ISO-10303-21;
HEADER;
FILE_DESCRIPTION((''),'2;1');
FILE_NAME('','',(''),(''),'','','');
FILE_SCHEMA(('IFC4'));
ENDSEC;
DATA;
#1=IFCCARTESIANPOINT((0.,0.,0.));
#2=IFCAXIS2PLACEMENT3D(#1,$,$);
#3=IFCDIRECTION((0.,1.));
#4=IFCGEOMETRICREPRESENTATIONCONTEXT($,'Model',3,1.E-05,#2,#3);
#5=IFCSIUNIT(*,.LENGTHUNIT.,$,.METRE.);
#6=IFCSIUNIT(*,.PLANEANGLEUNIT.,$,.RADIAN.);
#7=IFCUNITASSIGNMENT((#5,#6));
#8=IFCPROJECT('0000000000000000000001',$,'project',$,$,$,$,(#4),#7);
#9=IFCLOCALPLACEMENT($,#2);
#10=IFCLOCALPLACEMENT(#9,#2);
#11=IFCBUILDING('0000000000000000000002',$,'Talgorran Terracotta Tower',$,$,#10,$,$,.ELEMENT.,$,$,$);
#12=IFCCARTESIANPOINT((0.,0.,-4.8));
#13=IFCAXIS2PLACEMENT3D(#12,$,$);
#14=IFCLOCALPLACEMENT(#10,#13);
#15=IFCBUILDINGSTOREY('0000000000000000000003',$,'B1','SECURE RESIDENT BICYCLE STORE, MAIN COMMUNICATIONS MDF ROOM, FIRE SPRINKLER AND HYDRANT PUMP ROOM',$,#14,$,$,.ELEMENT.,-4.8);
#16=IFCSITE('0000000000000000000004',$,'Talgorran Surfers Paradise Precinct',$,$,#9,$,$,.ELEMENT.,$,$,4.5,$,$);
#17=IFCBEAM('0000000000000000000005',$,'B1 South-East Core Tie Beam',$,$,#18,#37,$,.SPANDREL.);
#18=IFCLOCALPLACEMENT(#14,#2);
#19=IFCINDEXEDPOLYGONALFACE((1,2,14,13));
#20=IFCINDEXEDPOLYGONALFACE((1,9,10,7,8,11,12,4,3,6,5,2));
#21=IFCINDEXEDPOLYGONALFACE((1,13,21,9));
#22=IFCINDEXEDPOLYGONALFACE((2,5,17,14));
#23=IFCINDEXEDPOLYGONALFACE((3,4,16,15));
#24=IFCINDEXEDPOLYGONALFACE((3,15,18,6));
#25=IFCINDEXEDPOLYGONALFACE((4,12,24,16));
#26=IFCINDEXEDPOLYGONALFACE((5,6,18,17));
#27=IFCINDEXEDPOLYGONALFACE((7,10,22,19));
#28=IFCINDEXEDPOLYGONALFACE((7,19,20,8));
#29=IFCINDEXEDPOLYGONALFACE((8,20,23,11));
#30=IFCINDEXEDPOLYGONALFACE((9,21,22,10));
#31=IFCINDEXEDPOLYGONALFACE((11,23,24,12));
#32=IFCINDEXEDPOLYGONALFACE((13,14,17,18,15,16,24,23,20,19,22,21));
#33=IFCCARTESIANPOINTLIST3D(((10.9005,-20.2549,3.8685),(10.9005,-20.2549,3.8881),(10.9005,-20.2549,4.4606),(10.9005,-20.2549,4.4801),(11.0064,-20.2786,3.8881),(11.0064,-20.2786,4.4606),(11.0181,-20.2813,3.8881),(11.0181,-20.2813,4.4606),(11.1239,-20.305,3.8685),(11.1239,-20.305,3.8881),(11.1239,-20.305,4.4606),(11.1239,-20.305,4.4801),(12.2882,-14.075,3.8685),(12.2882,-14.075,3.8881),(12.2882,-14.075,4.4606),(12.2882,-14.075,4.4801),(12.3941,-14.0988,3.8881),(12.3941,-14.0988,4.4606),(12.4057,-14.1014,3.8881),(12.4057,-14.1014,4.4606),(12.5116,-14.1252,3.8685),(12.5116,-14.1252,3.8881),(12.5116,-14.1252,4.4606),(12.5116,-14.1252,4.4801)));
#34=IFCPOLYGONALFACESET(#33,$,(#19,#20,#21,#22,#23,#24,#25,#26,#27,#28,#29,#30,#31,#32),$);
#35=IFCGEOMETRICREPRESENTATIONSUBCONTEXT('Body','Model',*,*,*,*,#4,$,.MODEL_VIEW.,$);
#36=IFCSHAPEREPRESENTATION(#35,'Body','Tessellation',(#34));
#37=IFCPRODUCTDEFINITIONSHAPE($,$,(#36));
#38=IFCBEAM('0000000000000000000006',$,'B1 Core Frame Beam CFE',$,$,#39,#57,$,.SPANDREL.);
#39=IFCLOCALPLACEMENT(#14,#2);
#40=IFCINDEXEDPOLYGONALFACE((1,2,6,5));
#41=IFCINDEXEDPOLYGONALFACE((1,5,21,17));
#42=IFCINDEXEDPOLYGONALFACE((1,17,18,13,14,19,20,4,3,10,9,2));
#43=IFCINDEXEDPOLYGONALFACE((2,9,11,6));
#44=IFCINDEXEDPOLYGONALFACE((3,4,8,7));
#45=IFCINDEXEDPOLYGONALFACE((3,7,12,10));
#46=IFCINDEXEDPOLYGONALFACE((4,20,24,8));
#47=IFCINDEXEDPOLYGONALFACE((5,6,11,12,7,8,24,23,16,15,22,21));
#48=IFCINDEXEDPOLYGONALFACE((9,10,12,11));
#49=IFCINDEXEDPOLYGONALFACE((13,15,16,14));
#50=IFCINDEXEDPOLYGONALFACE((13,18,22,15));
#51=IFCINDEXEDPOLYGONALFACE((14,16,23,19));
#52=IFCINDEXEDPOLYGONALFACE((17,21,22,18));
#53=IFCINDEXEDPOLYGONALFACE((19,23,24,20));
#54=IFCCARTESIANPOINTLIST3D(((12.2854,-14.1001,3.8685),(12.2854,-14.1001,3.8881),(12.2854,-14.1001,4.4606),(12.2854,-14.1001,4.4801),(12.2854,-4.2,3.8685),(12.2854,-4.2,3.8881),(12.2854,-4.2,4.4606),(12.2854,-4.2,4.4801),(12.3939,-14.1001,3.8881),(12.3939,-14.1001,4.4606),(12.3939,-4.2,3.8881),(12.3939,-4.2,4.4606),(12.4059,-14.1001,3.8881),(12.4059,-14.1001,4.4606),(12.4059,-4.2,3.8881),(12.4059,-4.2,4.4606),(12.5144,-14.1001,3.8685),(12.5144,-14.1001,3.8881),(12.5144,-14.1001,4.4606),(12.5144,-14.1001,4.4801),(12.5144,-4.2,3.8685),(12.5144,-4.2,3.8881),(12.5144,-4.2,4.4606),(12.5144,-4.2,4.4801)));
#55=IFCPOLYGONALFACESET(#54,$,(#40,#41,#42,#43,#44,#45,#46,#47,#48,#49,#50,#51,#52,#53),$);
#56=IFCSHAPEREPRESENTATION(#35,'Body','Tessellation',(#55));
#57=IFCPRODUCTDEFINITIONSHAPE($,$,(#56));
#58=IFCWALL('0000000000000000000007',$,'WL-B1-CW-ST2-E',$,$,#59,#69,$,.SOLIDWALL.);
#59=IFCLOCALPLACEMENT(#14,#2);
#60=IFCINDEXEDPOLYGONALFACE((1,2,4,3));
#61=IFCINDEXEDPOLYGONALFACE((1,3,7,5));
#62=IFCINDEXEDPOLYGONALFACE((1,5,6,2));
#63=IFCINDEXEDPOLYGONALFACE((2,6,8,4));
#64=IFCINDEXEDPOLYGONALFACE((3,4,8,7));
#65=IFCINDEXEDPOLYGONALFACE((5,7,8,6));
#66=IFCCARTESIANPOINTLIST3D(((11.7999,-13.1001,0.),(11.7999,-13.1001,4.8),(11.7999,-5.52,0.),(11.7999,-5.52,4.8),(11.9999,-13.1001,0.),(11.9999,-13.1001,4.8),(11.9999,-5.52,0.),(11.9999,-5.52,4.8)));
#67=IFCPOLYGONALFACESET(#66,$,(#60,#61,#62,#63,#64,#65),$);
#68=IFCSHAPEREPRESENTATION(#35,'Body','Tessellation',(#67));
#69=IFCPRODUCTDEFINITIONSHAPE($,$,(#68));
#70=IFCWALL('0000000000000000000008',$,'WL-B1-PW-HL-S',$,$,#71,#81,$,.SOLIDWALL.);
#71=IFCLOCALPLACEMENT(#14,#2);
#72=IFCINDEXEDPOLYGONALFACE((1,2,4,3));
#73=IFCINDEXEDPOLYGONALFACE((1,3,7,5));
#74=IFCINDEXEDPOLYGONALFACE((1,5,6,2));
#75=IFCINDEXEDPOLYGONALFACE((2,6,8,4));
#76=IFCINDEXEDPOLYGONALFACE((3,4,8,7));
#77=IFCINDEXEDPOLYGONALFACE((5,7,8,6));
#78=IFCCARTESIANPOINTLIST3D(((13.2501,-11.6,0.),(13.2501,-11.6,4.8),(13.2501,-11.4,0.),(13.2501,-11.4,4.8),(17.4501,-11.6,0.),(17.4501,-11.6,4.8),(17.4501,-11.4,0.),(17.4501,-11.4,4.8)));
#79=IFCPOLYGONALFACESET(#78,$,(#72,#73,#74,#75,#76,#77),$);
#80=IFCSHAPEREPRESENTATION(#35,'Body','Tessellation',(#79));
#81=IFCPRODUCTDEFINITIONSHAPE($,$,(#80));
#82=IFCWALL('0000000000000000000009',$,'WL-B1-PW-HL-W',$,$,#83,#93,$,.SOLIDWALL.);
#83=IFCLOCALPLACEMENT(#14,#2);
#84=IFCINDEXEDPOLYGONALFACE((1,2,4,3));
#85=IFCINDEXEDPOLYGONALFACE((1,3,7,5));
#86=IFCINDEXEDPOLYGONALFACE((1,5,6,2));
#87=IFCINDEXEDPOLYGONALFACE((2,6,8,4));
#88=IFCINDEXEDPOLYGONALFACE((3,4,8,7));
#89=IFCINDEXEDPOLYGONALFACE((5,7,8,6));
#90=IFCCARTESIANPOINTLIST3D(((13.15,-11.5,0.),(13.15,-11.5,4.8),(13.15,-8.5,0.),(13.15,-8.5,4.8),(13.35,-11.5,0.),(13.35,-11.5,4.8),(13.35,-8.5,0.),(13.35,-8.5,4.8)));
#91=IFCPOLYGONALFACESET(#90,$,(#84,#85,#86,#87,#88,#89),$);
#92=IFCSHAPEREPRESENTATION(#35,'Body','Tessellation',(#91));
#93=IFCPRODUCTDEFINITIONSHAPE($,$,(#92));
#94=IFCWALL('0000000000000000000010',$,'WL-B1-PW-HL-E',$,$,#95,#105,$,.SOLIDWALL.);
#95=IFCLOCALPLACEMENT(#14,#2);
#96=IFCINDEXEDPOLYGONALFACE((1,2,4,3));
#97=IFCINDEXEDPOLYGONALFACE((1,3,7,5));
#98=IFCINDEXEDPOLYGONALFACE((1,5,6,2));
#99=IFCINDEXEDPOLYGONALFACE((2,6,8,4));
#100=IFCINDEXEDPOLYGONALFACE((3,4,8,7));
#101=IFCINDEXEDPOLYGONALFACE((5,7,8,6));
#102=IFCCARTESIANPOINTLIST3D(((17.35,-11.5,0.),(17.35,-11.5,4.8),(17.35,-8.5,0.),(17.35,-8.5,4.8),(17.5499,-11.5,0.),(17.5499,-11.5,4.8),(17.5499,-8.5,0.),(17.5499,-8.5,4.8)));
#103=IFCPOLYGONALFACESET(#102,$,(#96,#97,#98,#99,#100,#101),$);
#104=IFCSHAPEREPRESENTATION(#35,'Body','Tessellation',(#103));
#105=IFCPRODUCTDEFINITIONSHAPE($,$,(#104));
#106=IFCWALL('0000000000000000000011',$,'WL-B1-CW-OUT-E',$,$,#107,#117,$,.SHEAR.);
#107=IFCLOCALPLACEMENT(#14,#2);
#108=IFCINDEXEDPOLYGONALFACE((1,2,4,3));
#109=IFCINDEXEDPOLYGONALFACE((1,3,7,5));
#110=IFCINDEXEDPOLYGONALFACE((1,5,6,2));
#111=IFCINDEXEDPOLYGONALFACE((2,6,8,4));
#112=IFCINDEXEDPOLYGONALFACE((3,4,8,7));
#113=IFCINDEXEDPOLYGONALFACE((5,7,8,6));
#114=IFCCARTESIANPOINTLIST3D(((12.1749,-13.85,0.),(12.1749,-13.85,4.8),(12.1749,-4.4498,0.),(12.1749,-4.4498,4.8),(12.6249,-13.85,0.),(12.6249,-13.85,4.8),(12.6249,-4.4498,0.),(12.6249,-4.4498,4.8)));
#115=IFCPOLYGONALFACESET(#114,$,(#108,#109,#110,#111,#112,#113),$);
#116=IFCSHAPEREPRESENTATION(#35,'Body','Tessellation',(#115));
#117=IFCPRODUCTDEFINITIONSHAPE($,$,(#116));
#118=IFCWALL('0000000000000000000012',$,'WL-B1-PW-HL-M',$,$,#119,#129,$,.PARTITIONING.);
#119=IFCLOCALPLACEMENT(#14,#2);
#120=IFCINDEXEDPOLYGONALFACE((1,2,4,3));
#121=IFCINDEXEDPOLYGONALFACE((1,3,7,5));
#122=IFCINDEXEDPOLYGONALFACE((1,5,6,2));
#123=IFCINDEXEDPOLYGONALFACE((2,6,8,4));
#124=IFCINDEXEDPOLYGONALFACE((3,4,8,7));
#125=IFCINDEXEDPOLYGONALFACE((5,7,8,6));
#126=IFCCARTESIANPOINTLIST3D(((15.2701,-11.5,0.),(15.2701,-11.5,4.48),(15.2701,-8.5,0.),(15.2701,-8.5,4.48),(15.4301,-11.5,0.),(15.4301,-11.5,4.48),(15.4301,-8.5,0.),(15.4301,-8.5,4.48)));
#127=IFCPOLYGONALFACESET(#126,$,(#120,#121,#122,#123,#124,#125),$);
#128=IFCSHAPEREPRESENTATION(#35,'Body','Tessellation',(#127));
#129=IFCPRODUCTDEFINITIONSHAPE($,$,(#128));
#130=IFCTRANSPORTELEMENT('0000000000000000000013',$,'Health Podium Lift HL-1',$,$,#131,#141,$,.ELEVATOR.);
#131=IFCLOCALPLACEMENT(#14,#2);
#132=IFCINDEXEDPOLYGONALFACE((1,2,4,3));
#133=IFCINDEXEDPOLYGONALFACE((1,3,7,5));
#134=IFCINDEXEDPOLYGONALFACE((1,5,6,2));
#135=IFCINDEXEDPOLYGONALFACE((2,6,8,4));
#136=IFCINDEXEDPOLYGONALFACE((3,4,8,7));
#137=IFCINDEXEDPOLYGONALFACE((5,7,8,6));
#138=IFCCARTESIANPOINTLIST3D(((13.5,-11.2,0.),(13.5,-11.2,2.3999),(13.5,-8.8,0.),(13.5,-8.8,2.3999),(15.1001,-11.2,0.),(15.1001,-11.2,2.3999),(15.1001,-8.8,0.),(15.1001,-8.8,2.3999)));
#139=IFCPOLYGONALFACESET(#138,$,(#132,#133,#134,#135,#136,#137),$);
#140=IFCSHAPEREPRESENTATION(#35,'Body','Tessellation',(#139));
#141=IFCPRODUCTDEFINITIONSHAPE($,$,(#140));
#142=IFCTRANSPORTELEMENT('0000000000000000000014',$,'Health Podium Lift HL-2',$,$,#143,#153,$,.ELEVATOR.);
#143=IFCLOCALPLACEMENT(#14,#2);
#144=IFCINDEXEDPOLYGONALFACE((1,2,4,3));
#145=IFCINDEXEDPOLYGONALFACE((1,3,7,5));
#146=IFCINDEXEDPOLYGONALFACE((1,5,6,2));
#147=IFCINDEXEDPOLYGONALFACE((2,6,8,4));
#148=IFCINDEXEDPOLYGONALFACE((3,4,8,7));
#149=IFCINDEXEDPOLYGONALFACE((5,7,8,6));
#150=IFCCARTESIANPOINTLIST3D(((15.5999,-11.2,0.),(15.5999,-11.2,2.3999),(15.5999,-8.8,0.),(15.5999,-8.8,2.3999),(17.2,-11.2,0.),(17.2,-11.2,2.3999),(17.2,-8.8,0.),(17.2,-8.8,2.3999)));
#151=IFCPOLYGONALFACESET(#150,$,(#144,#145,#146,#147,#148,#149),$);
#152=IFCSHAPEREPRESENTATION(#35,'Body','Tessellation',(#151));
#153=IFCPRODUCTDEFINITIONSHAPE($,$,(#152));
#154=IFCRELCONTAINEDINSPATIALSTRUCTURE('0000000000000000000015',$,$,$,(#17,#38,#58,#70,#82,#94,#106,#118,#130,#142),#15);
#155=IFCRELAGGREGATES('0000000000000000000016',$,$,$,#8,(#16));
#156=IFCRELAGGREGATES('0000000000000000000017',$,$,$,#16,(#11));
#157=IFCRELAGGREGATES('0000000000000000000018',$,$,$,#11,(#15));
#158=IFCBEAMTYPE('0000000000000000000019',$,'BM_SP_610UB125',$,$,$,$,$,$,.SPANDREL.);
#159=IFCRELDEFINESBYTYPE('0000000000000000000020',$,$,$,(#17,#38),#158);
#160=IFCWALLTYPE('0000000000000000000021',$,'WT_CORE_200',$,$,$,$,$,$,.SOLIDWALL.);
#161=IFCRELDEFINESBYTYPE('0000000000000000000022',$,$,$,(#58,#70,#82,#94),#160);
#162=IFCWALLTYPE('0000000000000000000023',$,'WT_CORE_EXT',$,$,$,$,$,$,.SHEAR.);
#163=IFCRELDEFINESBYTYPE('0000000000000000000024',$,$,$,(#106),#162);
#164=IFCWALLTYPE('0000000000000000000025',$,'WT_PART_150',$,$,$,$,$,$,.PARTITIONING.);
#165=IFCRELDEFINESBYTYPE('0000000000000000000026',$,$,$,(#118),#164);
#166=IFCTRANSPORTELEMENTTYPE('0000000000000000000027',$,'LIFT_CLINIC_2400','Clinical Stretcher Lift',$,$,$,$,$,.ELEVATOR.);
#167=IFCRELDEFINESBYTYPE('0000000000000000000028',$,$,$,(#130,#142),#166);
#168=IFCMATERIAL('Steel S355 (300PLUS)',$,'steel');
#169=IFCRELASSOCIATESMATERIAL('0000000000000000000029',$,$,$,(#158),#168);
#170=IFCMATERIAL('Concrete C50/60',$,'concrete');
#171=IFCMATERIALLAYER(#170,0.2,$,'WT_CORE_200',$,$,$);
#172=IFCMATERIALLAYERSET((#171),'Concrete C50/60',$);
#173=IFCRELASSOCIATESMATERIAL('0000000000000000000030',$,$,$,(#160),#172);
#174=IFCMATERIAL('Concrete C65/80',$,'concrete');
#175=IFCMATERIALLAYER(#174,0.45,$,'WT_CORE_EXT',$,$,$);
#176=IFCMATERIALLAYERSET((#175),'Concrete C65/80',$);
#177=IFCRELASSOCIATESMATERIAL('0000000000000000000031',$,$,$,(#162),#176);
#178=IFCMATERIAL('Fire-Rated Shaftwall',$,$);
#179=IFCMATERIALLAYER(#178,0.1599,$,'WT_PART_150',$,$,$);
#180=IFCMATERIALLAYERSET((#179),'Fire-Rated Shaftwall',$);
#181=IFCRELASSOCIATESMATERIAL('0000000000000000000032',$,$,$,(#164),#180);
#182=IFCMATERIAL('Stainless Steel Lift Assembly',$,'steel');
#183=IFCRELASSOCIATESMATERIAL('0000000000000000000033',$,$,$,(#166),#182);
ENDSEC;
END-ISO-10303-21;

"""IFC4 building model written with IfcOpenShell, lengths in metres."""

from ifc_helpers import new_model, si_unit, direction, frame, frame_2d, origin, origin_2d, place, context, subcontext, project, spatial, rectangle, i_section, extrude, material, layer, layer_set, material_profile, profile_set, type_object, element, save


model = new_model("IFC4")

# Units and contexts
model_context = context("Model", 3, precision=1e-05, world=origin(), true_north=direction((0.0, 1.0)))
body_context = subcontext(model_context, "Body", "Model", "MODEL_VIEW")
ifc_project = project(units=[si_unit("LENGTHUNIT", "METRE"), si_unit("PLANEANGLEUNIT", "RADIAN")], contexts=[model_context])

# Site, building, storey
site_placement = place(None, origin())
site = spatial("IfcSite", under=ifc_project, at=site_placement, Name="Talgorran Surfers Paradise Precinct", CompositionType="ELEMENT", RefElevation=4.5)
building_placement = place(site_placement, origin())
building = spatial("IfcBuilding", under=site, at=building_placement, Name="Talgorran Terracotta Tower", CompositionType="ELEMENT")
storey_placement = place(building_placement, frame((0.0, 0.0, -4.8)))
storey = spatial("IfcBuildingStorey", under=building, at=storey_placement, Name="B1", Description="SECURE RESIDENT BICYCLE STORE, MAIN COMMUNICATIONS MDF ROOM, FIRE SPRINKLER AND HYDRANT PUMP ROOM", CompositionType="ELEMENT", Elevation=-4.8)

# Shared definitions
ifc_material_1 = material(Name="Concrete C50/60", Category="concrete")

# Shared definitions
ifc_material_2 = material(Name="Steel S355 (300PLUS)", Category="steel")

# Beams
ifc_material_profile_1 = material_profile(ifc_material_2, i_section(OverallWidth=0.229, OverallDepth=0.6116, WebThickness=0.012, FlangeThickness=0.0195, at=origin_2d()), Name="610UB125")
ifc_profile_set_1 = profile_set([ifc_material_profile_1], Name="Steel S355 (300PLUS)")
beam_type = type_object("IfcBeamType", Name="BM_SP_610UB125", PredefinedType="SPANDREL", material=ifc_profile_set_1)
beam_1_placement = place(storey_placement, frame((12.3999, -14.1001, 4.1743), z_axis=(-0.219093, -0.975704, 0.0), x_axis=(0.975704, -0.219093, 0.0)))
element("IfcBeam", 1, at=beam_1_placement, inside=storey, type_object=beam_type, Name="B1 South-East Core Tie Beam", PredefinedType="SPANDREL", context=body_context, shape_type="SweptSolid", body=[
    extrude(i_section(OverallWidth=0.229, OverallDepth=0.6116, WebThickness=0.012, FlangeThickness=0.0195, at=origin_2d()), origin(), (0.0, 0.0, 1.0), 6.3337),
])
beam_2_placement = place(storey_placement, frame((12.3999, -14.1001, 4.1743), z_axis=(0.0, 1.0, 0.0), x_axis=(-1.0, 0.0, 0.0)))
element("IfcBeam", 2, at=beam_2_placement, inside=storey, type_object=beam_type, Name="B1 Core Frame Beam CFE", PredefinedType="SPANDREL", context=body_context, shape_type="SweptSolid", body=[
    extrude(i_section(OverallWidth=0.229, OverallDepth=0.6116, WebThickness=0.012, FlangeThickness=0.0195, at=origin_2d()), origin(), (0.0, 0.0, 1.0), 9.9001),
])

# Walls
ifc_layer_1 = layer(ifc_material_1, 0.2, Name="WT_CORE_200")
ifc_layer_set_1 = layer_set([ifc_layer_1], Name="Concrete C50/60")
wall_type_1 = type_object("IfcWallType", Name="WT_CORE_200", PredefinedType="SOLIDWALL", material=ifc_layer_set_1)
wall_1_placement = place(storey_placement, frame((11.8999, -13.1001, 0.0), z_axis=(0.0, 0.0, 1.0), x_axis=(0.0, 1.0, 0.0)))
element("IfcWall", 3, at=wall_1_placement, inside=storey, type_object=wall_type_1, Name="WL-B1-CW-ST2-E", PredefinedType="SOLIDWALL", context=body_context, shape_type="SweptSolid", body=[
    extrude(rectangle(XDim=7.5801, YDim=0.2, at=frame_2d((3.79, 0.0))), origin(), (0.0, 0.0, 1.0), 4.8),
])
wall_2_placement = place(storey_placement, frame((13.25, -11.5, 0.0), z_axis=(0.0, 0.0, 1.0), x_axis=(1.0, 0.0, 0.0)))
element("IfcWall", 4, at=wall_2_placement, inside=storey, type_object=wall_type_1, Name="WL-B1-PW-HL-S", PredefinedType="SOLIDWALL", context=body_context, shape_type="SweptSolid", body=[
    extrude(rectangle(XDim=4.2, YDim=0.2, at=frame_2d((2.1001, 0.0))), origin(), (0.0, 0.0, 1.0), 4.8),
])
for number, where, z_axis, x_axis, name in (
    (5, (13.25, -11.5, 0.0), (0.0, 0.0, 1.0), (0.0, 1.0, 0.0), "WL-B1-PW-HL-W"),
    (6, (17.45, -11.5, 0.0), (0.0, 0.0, 1.0), (0.0, 1.0, 0.0), "WL-B1-PW-HL-E"),
):
    element("IfcWall", number, at=place(storey_placement, frame(where, z_axis=z_axis, x_axis=x_axis)), inside=storey, type_object=wall_type_1, Name=name, PredefinedType="SOLIDWALL", context=body_context, shape_type="SweptSolid", body=[
        extrude(rectangle(XDim=3.0, YDim=0.2, at=frame_2d((1.5, 0.0))), origin(), (0.0, 0.0, 1.0), 4.8),
    ])
ifc_material_3 = material(Name="Concrete C65/80", Category="concrete")
ifc_layer_2 = layer(ifc_material_3, 0.45, Name="WT_CORE_EXT")
ifc_layer_set_2 = layer_set([ifc_layer_2], Name="Concrete C65/80")
wall_type_2 = type_object("IfcWallType", Name="WT_CORE_EXT", PredefinedType="SHEAR", material=ifc_layer_set_2)
wall_3_placement = place(storey_placement, frame((12.3999, -13.8501, 0.0), z_axis=(0.0, 0.0, 1.0), x_axis=(0.0, 1.0, 0.0)))
element("IfcWall", 7, at=wall_3_placement, inside=storey, type_object=wall_type_2, Name="WL-B1-CW-OUT-E", PredefinedType="SHEAR", context=body_context, shape_type="SweptSolid", body=[
    extrude(rectangle(XDim=9.4001, YDim=0.45, at=frame_2d((4.7002, 0.0))), origin(), (0.0, 0.0, 1.0), 4.8),
])
ifc_material_4 = material(Name="Fire-Rated Shaftwall")
ifc_layer_3 = layer(ifc_material_4, 0.1599, Name="WT_PART_150")
ifc_layer_set_3 = layer_set([ifc_layer_3], Name="Fire-Rated Shaftwall")
wall_type_3 = type_object("IfcWallType", Name="WT_PART_150", PredefinedType="PARTITIONING", material=ifc_layer_set_3)
wall_4_placement = place(storey_placement, frame((15.3501, -11.5, 0.0), z_axis=(0.0, 0.0, 1.0), x_axis=(0.0, 1.0, 0.0)))
element("IfcWall", 8, at=wall_4_placement, inside=storey, type_object=wall_type_3, Name="WL-B1-PW-HL-M", PredefinedType="PARTITIONING", context=body_context, shape_type="SweptSolid", body=[
    extrude(rectangle(XDim=3.0, YDim=0.1599, at=frame_2d((1.5, 0.0))), origin(), (0.0, 0.0, 1.0), 4.48),
])

# Transport elements
ifc_material_5 = material(Name="Stainless Steel Lift Assembly", Category="steel")
transport_element_type = type_object("IfcTransportElementType", Name="LIFT_CLINIC_2400", Description="Clinical Stretcher Lift", PredefinedType="ELEVATOR", material=ifc_material_5)
for number, where, z_axis, x_axis, name in (
    (9, (14.3, -10.0, 0.0), (0.0, 0.0, 1.0), (1.0, 0.0, 0.0), "Health Podium Lift HL-1"),
    (10, (16.3999, -10.0, 0.0), (0.0, 0.0, 1.0), (1.0, 0.0, 0.0), "Health Podium Lift HL-2"),
):
    element("IfcTransportElement", number, at=place(storey_placement, frame(where, z_axis=z_axis, x_axis=x_axis)), inside=storey, type_object=transport_element_type, Name=name, PredefinedType="ELEVATOR", context=body_context, shape_type="SweptSolid", body=[
        extrude(rectangle(XDim=1.6001, YDim=2.3999, at=origin_2d()), origin(), (0.0, 0.0, 1.0), 2.3999),
    ])

save(model, "model.ifc")
